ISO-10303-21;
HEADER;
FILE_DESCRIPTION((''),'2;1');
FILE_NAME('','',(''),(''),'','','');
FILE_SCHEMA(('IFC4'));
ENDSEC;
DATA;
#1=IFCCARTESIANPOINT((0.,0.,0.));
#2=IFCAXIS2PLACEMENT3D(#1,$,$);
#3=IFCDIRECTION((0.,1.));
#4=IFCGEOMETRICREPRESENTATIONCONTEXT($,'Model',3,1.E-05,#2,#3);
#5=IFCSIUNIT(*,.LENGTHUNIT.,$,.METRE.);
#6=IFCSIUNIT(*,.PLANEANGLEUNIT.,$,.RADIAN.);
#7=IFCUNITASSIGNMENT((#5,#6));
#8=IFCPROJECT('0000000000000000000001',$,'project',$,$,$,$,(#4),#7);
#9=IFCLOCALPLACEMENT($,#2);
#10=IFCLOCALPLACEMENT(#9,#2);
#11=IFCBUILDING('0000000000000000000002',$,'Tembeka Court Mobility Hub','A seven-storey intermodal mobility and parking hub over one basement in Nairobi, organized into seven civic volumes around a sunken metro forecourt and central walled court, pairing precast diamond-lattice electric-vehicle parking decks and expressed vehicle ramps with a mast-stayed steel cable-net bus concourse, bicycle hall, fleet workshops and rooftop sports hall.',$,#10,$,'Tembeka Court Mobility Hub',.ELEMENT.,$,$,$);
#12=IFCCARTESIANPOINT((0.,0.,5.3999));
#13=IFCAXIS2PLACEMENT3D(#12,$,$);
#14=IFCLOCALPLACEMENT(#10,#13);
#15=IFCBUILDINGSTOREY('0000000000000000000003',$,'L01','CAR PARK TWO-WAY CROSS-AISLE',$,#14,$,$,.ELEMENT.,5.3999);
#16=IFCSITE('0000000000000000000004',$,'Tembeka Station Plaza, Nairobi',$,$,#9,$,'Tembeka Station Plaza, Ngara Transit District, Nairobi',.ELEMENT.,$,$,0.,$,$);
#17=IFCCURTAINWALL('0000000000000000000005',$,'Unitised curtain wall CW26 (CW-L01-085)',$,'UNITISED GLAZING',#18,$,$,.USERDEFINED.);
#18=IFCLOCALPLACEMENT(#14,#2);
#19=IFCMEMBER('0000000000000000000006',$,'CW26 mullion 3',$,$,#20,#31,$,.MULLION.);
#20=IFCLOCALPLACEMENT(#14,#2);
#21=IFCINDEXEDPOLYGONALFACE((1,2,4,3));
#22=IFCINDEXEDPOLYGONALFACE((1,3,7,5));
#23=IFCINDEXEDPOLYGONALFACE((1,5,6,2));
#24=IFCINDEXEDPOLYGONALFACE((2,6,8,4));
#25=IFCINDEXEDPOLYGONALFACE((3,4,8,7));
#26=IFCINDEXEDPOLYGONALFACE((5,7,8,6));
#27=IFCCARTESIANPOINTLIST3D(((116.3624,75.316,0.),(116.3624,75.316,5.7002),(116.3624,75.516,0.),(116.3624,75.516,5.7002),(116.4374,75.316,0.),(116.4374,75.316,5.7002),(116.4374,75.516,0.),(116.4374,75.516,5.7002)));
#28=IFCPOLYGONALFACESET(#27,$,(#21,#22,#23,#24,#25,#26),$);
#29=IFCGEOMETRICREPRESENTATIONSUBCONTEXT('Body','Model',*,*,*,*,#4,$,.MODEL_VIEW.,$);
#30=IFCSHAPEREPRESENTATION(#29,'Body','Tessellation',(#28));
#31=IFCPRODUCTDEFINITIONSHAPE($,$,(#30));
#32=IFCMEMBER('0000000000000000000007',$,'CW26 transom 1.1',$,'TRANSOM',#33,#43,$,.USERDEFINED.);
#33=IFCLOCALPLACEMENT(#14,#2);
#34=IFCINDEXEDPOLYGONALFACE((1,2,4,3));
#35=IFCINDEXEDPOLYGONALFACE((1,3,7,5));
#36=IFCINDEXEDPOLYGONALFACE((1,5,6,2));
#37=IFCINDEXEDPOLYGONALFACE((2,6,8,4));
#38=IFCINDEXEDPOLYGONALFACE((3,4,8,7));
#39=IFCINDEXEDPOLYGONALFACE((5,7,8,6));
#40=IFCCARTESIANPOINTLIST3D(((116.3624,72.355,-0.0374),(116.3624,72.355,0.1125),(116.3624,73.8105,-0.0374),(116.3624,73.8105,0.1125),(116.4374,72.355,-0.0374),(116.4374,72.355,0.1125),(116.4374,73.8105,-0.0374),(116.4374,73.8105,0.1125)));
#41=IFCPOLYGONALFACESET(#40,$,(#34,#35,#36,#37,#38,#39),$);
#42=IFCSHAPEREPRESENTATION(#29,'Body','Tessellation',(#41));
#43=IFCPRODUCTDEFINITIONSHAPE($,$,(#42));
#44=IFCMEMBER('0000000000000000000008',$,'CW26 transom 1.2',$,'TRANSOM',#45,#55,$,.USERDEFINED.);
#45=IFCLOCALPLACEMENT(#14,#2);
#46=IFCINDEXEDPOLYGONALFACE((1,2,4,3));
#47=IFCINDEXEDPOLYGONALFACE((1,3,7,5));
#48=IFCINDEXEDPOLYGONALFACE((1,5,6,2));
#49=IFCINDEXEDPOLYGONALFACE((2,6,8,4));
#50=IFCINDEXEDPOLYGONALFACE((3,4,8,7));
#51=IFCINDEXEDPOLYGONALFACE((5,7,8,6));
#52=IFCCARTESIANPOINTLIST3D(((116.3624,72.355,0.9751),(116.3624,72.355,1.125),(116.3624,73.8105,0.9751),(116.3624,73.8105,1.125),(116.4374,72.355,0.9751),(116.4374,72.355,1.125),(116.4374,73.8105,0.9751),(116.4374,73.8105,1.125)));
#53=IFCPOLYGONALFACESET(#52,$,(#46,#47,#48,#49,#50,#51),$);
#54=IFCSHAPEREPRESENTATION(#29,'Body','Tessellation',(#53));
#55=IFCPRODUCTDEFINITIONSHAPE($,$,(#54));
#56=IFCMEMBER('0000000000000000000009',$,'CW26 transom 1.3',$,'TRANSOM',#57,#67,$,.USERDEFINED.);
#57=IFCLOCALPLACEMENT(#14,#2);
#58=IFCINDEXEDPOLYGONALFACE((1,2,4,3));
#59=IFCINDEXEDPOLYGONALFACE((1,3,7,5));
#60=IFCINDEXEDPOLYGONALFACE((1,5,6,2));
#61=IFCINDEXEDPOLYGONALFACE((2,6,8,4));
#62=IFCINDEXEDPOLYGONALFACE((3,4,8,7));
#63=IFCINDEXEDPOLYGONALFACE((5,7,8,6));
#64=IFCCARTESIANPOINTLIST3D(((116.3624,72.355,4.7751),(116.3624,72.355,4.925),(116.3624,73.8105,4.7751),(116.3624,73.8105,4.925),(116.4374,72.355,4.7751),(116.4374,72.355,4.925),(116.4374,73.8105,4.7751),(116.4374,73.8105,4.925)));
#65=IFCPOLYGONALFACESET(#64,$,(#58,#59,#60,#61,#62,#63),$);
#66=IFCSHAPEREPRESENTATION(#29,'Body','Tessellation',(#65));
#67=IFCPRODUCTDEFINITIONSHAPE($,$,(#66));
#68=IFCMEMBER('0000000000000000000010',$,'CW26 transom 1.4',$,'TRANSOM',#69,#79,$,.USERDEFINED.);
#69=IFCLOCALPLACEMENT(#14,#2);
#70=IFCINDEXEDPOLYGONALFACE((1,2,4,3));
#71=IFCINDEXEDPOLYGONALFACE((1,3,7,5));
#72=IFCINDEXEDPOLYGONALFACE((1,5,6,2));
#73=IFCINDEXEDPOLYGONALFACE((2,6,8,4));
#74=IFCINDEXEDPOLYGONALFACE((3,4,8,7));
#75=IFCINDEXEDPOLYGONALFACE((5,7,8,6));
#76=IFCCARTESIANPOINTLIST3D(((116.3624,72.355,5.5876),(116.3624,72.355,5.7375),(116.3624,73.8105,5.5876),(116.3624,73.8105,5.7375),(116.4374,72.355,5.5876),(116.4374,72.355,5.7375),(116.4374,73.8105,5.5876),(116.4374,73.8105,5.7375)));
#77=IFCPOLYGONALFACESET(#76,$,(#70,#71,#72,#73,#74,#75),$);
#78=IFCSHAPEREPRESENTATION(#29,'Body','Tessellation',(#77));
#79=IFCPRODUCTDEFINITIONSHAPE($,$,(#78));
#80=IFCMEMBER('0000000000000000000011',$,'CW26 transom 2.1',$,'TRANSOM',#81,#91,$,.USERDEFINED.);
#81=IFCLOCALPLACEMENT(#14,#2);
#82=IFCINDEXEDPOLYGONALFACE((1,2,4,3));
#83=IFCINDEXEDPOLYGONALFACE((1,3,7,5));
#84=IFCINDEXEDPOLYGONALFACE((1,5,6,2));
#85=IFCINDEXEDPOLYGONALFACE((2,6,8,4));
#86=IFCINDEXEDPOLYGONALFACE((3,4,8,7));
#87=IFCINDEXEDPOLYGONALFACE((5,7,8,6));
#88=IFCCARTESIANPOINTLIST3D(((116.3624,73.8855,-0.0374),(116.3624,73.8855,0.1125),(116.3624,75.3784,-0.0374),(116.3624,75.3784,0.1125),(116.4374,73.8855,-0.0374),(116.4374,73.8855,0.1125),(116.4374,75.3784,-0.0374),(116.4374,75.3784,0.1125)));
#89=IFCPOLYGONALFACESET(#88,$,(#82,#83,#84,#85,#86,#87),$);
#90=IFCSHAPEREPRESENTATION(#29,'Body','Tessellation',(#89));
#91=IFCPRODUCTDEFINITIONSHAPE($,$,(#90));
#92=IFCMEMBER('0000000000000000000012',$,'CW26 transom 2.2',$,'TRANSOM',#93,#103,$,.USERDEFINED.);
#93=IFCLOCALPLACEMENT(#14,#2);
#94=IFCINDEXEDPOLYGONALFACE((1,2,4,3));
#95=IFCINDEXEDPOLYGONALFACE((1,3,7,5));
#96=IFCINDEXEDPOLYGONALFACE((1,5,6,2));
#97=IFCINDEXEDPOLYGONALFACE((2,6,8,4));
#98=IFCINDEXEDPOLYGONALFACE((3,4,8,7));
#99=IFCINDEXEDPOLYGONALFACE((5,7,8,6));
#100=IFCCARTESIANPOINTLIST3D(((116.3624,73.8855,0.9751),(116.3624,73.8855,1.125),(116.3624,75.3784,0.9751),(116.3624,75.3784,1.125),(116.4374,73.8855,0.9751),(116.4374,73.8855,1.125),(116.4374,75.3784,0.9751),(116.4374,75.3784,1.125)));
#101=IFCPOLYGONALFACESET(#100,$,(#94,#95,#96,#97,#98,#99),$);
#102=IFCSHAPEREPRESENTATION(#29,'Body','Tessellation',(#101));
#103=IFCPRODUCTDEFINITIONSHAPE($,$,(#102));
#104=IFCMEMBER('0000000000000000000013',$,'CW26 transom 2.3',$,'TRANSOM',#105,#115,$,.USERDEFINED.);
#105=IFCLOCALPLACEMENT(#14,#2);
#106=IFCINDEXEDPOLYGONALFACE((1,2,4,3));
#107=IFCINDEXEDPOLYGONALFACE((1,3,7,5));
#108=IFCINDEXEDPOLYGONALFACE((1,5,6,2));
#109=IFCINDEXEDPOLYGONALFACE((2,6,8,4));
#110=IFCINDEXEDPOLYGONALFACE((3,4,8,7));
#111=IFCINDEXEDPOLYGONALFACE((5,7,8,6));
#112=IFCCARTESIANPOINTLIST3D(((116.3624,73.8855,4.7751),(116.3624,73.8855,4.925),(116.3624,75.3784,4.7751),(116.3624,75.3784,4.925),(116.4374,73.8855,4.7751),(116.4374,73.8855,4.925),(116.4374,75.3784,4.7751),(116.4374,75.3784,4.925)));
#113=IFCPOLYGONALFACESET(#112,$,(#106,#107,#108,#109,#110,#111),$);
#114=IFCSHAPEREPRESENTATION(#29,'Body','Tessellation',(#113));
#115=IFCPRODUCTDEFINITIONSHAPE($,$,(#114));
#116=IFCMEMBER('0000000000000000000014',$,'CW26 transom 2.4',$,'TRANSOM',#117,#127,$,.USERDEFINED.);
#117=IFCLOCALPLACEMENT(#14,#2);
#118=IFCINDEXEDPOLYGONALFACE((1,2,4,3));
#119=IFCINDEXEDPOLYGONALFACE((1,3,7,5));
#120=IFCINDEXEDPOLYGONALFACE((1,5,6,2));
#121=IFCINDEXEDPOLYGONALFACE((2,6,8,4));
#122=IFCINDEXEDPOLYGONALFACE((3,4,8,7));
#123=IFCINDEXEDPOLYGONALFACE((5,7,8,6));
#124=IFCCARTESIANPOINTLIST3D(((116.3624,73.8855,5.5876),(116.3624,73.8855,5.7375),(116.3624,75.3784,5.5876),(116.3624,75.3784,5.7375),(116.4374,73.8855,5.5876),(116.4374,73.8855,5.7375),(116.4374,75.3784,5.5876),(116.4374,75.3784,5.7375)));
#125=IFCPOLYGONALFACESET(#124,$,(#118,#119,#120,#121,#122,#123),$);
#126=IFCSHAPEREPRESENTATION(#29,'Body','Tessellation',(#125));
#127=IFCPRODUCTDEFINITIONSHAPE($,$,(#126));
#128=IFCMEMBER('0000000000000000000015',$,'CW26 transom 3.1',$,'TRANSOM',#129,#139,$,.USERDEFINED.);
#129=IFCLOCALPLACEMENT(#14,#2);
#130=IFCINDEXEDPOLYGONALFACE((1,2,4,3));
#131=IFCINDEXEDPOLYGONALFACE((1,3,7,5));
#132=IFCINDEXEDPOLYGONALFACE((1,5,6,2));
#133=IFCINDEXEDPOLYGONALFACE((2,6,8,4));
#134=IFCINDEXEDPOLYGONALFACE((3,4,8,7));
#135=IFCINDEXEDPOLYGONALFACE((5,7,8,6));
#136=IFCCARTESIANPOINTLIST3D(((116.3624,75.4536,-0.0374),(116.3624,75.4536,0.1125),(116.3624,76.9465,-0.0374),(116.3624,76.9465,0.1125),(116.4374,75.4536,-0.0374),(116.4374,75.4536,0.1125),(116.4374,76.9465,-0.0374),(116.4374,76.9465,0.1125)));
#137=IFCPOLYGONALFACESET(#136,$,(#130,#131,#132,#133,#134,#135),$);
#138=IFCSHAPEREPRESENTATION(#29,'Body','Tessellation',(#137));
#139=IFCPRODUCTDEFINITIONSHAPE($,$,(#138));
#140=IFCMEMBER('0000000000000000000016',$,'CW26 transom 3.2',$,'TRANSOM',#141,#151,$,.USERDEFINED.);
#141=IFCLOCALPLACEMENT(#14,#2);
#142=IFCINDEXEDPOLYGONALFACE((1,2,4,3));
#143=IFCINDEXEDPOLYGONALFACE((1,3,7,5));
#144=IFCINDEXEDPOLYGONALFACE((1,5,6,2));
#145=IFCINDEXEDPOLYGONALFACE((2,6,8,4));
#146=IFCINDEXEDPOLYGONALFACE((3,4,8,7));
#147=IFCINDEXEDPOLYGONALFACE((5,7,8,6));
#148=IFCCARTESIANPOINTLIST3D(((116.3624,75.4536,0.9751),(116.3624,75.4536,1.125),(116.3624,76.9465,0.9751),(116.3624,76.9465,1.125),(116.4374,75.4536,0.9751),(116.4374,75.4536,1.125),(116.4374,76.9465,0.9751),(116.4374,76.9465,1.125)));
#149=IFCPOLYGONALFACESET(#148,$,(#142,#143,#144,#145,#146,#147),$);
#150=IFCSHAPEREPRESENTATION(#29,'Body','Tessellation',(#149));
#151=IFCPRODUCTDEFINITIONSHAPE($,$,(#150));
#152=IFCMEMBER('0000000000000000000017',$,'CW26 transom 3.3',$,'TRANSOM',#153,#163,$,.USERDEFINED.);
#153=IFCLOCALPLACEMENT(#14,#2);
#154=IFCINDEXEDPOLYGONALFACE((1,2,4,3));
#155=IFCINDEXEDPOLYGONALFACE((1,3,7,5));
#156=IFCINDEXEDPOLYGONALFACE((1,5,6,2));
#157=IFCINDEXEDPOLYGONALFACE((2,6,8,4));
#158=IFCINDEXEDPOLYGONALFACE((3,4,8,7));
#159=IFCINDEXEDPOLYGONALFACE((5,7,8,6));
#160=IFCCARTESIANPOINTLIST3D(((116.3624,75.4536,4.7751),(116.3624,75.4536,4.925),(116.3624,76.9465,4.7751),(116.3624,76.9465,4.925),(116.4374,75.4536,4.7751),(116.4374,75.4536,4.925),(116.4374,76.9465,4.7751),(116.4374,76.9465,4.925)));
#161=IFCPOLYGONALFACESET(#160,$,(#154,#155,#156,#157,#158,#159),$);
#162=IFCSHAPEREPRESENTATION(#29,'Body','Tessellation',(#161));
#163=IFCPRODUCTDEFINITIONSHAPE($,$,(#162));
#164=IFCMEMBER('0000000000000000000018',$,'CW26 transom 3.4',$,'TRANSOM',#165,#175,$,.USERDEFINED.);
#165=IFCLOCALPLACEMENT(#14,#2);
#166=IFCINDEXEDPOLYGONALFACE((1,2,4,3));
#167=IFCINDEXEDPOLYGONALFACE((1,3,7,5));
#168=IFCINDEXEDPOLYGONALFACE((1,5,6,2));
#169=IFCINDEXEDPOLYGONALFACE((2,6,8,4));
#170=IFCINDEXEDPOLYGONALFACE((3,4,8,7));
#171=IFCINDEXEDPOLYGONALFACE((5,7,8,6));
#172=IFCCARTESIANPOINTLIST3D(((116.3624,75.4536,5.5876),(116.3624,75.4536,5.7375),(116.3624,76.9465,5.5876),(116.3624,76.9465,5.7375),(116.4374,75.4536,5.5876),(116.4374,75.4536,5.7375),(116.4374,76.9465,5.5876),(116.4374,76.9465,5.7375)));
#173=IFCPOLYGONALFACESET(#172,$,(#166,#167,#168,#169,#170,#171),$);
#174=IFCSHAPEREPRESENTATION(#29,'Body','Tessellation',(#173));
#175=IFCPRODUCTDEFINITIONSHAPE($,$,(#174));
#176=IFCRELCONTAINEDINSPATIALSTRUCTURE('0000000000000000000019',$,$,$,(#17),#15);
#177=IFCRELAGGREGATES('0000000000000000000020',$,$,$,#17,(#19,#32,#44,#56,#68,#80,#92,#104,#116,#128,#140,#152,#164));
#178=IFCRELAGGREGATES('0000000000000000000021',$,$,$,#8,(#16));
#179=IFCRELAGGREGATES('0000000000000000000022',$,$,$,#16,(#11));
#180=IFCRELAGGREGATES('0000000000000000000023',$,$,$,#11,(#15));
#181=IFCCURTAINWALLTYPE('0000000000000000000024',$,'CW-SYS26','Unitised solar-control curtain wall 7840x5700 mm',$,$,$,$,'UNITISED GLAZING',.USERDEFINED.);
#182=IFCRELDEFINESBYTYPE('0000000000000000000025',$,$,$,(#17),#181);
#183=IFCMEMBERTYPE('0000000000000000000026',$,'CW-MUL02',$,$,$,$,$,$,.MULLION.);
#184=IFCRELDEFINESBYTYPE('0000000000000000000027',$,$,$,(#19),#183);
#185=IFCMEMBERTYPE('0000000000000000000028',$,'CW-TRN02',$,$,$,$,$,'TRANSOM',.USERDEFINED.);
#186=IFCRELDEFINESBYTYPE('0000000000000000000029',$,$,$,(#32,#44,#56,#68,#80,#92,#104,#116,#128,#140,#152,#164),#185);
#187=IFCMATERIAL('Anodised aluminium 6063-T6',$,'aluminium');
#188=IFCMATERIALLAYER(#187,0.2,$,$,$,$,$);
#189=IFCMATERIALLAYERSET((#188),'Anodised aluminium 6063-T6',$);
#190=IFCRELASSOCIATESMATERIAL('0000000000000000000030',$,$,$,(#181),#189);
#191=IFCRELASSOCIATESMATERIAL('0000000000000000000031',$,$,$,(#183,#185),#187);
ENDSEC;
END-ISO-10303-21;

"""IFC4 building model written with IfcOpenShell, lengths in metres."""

from ifc_helpers import new_model, si_unit, direction, frame, origin, origin_2d, place, context, subcontext, project, spatial, rectangle, extrude, material, layer, layer_set, material_profile, profile_set, type_object, element, aggregate, save


model = new_model("IFC4")

# Units and contexts
model_context = context("Model", 3, precision=1e-05, world=origin(), true_north=direction((0.0, 1.0)))
body_context = subcontext(model_context, "Body", "Model", "MODEL_VIEW")
ifc_project = project(units=[si_unit("LENGTHUNIT", "METRE"), si_unit("PLANEANGLEUNIT", "RADIAN")], contexts=[model_context])

# Site, building, storey
site_placement = place(None, origin())
site = spatial("IfcSite", under=ifc_project, at=site_placement, Name="Tembeka Station Plaza, Nairobi", LongName="Tembeka Station Plaza, Ngara Transit District, Nairobi", CompositionType="ELEMENT", RefElevation=0.0)
building_placement = place(site_placement, origin())
building = spatial("IfcBuilding", under=site, at=building_placement, Name="Tembeka Court Mobility Hub", Description="A seven-storey intermodal mobility and parking hub over one basement in Nairobi, organized into seven civic volumes around a sunken metro forecourt and central walled court, pairing precast diamond-lattice electric-vehicle parking decks and expressed vehicle ramps with a mast-stayed steel cable-net bus concourse, bicycle hall, fleet workshops and rooftop sports hall.", LongName="Tembeka Court Mobility Hub", CompositionType="ELEMENT")
storey_placement = place(building_placement, frame((0.0, 0.0, 5.3999)))
storey = spatial("IfcBuildingStorey", under=building, at=storey_placement, Name="L01", Description="CAR PARK TWO-WAY CROSS-AISLE", CompositionType="ELEMENT", Elevation=5.3999)

# Curtain wall, members
ifc_material_1 = material(Name="Anodised aluminium 6063-T6", Category="aluminium")
ifc_layer_1 = layer(ifc_material_1, 0.2)
ifc_layer_set_1 = layer_set([ifc_layer_1], Name="Anodised aluminium 6063-T6")
curtain_wall_type = type_object("IfcCurtainWallType", Name="CW-SYS26", Description="Unitised solar-control curtain wall 7840x5700 mm", ElementType="UNITISED GLAZING", PredefinedType="USERDEFINED", material=ifc_layer_set_1)
curtain_wall_placement = place(storey_placement, origin())
curtain_wall = element("IfcCurtainWall", 1, at=curtain_wall_placement, inside=storey, type_object=curtain_wall_type, Name="Unitised curtain wall CW26 (CW-L01-085)", ObjectType="UNITISED GLAZING", PredefinedType="USERDEFINED")
ifc_material_profile_1 = material_profile(ifc_material_1, rectangle(XDim=0.075, YDim=0.2, at=origin_2d()), Name="ALU-MUL 75x200")
ifc_profile_set_1 = profile_set([ifc_material_profile_1], Name="Anodised aluminium 6063-T6")
member_type_1 = type_object("IfcMemberType", Name="CW-MUL02", PredefinedType="MULLION", material=ifc_profile_set_1)
member_1_placement = place(storey_placement, frame((116.3999, 75.416, 0.0), z_axis=(0.0, 0.0, 1.0), x_axis=(-1.0, 0.0, 0.0)))
member_1 = element("IfcMember", 2, at=member_1_placement, type_object=member_type_1, Name="CW26 mullion 3", PredefinedType="MULLION", context=body_context, shape_type="SweptSolid", body=[
    extrude(rectangle(XDim=0.075, YDim=0.2, at=origin_2d()), origin(), (0.0, 0.0, 1.0), 5.7002),
])
ifc_material_profile_2 = material_profile(ifc_material_1, rectangle(XDim=0.075, YDim=0.1499, at=origin_2d()), Name="ALU-TRN 75x150")
ifc_profile_set_2 = profile_set([ifc_material_profile_2], Name="Anodised aluminium 6063-T6")
member_type_2 = type_object("IfcMemberType", Name="CW-TRN02", ElementType="TRANSOM", PredefinedType="USERDEFINED", material=ifc_profile_set_2)
member_2_placement = place(storey_placement, frame((116.3999, 72.355, 0.0376), z_axis=(0.0, 1.0, 0.0), x_axis=(-1.0, 0.0, 0.0)))
member_2 = element("IfcMember", 3, at=member_2_placement, type_object=member_type_2, Name="CW26 transom 1.1", ObjectType="TRANSOM", PredefinedType="USERDEFINED", context=body_context, shape_type="SweptSolid", body=[
    extrude(rectangle(XDim=0.075, YDim=0.1499, at=origin_2d()), origin(), (0.0, 0.0, 1.0), 1.4556),
])
member_3_placement = place(storey_placement, frame((116.3999, 72.355, 1.05), z_axis=(0.0, 1.0, 0.0), x_axis=(-1.0, 0.0, 0.0)))
member_3 = element("IfcMember", 4, at=member_3_placement, type_object=member_type_2, Name="CW26 transom 1.2", ObjectType="TRANSOM", PredefinedType="USERDEFINED", context=body_context, shape_type="SweptSolid", body=[
    extrude(rectangle(XDim=0.075, YDim=0.1499, at=origin_2d()), origin(), (0.0, 0.0, 1.0), 1.4556),
])
member_4_placement = place(storey_placement, frame((116.3999, 72.355, 4.8501), z_axis=(0.0, 1.0, 0.0), x_axis=(-1.0, 0.0, 0.0)))
member_4 = element("IfcMember", 5, at=member_4_placement, type_object=member_type_2, Name="CW26 transom 1.3", ObjectType="TRANSOM", PredefinedType="USERDEFINED", context=body_context, shape_type="SweptSolid", body=[
    extrude(rectangle(XDim=0.075, YDim=0.1499, at=origin_2d()), origin(), (0.0, 0.0, 1.0), 1.4556),
])
member_5_placement = place(storey_placement, frame((116.3999, 72.355, 5.6626), z_axis=(0.0, 1.0, 0.0), x_axis=(-1.0, 0.0, 0.0)))
member_5 = element("IfcMember", 6, at=member_5_placement, type_object=member_type_2, Name="CW26 transom 1.4", ObjectType="TRANSOM", PredefinedType="USERDEFINED", context=body_context, shape_type="SweptSolid", body=[
    extrude(rectangle(XDim=0.075, YDim=0.1499, at=origin_2d()), origin(), (0.0, 0.0, 1.0), 1.4556),
])
member_6_placement = place(storey_placement, frame((116.3999, 73.8855, 0.0376), z_axis=(0.0, 1.0, 0.0), x_axis=(-1.0, 0.0, 0.0)))
member_6 = element("IfcMember", 7, at=member_6_placement, type_object=member_type_2, Name="CW26 transom 2.1", ObjectType="TRANSOM", PredefinedType="USERDEFINED", context=body_context, shape_type="SweptSolid", body=[
    extrude(rectangle(XDim=0.075, YDim=0.1499, at=origin_2d()), origin(), (0.0, 0.0, 1.0), 1.4929),
])
member_7_placement = place(storey_placement, frame((116.3999, 73.8855, 1.05), z_axis=(0.0, 1.0, 0.0), x_axis=(-1.0, 0.0, 0.0)))
member_7 = element("IfcMember", 8, at=member_7_placement, type_object=member_type_2, Name="CW26 transom 2.2", ObjectType="TRANSOM", PredefinedType="USERDEFINED", context=body_context, shape_type="SweptSolid", body=[
    extrude(rectangle(XDim=0.075, YDim=0.1499, at=origin_2d()), origin(), (0.0, 0.0, 1.0), 1.4929),
])
member_8_placement = place(storey_placement, frame((116.3999, 73.8855, 4.8501), z_axis=(0.0, 1.0, 0.0), x_axis=(-1.0, 0.0, 0.0)))
member_8 = element("IfcMember", 9, at=member_8_placement, type_object=member_type_2, Name="CW26 transom 2.3", ObjectType="TRANSOM", PredefinedType="USERDEFINED", context=body_context, shape_type="SweptSolid", body=[
    extrude(rectangle(XDim=0.075, YDim=0.1499, at=origin_2d()), origin(), (0.0, 0.0, 1.0), 1.4929),
])
member_9_placement = place(storey_placement, frame((116.3999, 73.8855, 5.6626), z_axis=(0.0, 1.0, 0.0), x_axis=(-1.0, 0.0, 0.0)))
member_9 = element("IfcMember", 10, at=member_9_placement, type_object=member_type_2, Name="CW26 transom 2.4", ObjectType="TRANSOM", PredefinedType="USERDEFINED", context=body_context, shape_type="SweptSolid", body=[
    extrude(rectangle(XDim=0.075, YDim=0.1499, at=origin_2d()), origin(), (0.0, 0.0, 1.0), 1.4929),
])
member_10_placement = place(storey_placement, frame((116.3999, 75.4536, 0.0376), z_axis=(0.0, 1.0, 0.0), x_axis=(-1.0, 0.0, 0.0)))
member_10 = element("IfcMember", 11, at=member_10_placement, type_object=member_type_2, Name="CW26 transom 3.1", ObjectType="TRANSOM", PredefinedType="USERDEFINED", context=body_context, shape_type="SweptSolid", body=[
    extrude(rectangle(XDim=0.075, YDim=0.1499, at=origin_2d()), origin(), (0.0, 0.0, 1.0), 1.4929),
])
member_11_placement = place(storey_placement, frame((116.3999, 75.4536, 1.05), z_axis=(0.0, 1.0, 0.0), x_axis=(-1.0, 0.0, 0.0)))
member_11 = element("IfcMember", 12, at=member_11_placement, type_object=member_type_2, Name="CW26 transom 3.2", ObjectType="TRANSOM", PredefinedType="USERDEFINED", context=body_context, shape_type="SweptSolid", body=[
    extrude(rectangle(XDim=0.075, YDim=0.1499, at=origin_2d()), origin(), (0.0, 0.0, 1.0), 1.4929),
])
member_12_placement = place(storey_placement, frame((116.3999, 75.4536, 4.8501), z_axis=(0.0, 1.0, 0.0), x_axis=(-1.0, 0.0, 0.0)))
member_12 = element("IfcMember", 13, at=member_12_placement, type_object=member_type_2, Name="CW26 transom 3.3", ObjectType="TRANSOM", PredefinedType="USERDEFINED", context=body_context, shape_type="SweptSolid", body=[
    extrude(rectangle(XDim=0.075, YDim=0.1499, at=origin_2d()), origin(), (0.0, 0.0, 1.0), 1.4929),
])
member_13_placement = place(storey_placement, frame((116.3999, 75.4536, 5.6626), z_axis=(0.0, 1.0, 0.0), x_axis=(-1.0, 0.0, 0.0)))
member_13 = element("IfcMember", 14, at=member_13_placement, type_object=member_type_2, Name="CW26 transom 3.4", ObjectType="TRANSOM", PredefinedType="USERDEFINED", context=body_context, shape_type="SweptSolid", body=[
    extrude(rectangle(XDim=0.075, YDim=0.1499, at=origin_2d()), origin(), (0.0, 0.0, 1.0), 1.4929),
])

aggregate(curtain_wall, [member_1, member_2, member_3, member_4, member_5, member_6, member_7, member_8, member_9, member_10, member_11, member_12, member_13])

save(model, "model.ifc")
